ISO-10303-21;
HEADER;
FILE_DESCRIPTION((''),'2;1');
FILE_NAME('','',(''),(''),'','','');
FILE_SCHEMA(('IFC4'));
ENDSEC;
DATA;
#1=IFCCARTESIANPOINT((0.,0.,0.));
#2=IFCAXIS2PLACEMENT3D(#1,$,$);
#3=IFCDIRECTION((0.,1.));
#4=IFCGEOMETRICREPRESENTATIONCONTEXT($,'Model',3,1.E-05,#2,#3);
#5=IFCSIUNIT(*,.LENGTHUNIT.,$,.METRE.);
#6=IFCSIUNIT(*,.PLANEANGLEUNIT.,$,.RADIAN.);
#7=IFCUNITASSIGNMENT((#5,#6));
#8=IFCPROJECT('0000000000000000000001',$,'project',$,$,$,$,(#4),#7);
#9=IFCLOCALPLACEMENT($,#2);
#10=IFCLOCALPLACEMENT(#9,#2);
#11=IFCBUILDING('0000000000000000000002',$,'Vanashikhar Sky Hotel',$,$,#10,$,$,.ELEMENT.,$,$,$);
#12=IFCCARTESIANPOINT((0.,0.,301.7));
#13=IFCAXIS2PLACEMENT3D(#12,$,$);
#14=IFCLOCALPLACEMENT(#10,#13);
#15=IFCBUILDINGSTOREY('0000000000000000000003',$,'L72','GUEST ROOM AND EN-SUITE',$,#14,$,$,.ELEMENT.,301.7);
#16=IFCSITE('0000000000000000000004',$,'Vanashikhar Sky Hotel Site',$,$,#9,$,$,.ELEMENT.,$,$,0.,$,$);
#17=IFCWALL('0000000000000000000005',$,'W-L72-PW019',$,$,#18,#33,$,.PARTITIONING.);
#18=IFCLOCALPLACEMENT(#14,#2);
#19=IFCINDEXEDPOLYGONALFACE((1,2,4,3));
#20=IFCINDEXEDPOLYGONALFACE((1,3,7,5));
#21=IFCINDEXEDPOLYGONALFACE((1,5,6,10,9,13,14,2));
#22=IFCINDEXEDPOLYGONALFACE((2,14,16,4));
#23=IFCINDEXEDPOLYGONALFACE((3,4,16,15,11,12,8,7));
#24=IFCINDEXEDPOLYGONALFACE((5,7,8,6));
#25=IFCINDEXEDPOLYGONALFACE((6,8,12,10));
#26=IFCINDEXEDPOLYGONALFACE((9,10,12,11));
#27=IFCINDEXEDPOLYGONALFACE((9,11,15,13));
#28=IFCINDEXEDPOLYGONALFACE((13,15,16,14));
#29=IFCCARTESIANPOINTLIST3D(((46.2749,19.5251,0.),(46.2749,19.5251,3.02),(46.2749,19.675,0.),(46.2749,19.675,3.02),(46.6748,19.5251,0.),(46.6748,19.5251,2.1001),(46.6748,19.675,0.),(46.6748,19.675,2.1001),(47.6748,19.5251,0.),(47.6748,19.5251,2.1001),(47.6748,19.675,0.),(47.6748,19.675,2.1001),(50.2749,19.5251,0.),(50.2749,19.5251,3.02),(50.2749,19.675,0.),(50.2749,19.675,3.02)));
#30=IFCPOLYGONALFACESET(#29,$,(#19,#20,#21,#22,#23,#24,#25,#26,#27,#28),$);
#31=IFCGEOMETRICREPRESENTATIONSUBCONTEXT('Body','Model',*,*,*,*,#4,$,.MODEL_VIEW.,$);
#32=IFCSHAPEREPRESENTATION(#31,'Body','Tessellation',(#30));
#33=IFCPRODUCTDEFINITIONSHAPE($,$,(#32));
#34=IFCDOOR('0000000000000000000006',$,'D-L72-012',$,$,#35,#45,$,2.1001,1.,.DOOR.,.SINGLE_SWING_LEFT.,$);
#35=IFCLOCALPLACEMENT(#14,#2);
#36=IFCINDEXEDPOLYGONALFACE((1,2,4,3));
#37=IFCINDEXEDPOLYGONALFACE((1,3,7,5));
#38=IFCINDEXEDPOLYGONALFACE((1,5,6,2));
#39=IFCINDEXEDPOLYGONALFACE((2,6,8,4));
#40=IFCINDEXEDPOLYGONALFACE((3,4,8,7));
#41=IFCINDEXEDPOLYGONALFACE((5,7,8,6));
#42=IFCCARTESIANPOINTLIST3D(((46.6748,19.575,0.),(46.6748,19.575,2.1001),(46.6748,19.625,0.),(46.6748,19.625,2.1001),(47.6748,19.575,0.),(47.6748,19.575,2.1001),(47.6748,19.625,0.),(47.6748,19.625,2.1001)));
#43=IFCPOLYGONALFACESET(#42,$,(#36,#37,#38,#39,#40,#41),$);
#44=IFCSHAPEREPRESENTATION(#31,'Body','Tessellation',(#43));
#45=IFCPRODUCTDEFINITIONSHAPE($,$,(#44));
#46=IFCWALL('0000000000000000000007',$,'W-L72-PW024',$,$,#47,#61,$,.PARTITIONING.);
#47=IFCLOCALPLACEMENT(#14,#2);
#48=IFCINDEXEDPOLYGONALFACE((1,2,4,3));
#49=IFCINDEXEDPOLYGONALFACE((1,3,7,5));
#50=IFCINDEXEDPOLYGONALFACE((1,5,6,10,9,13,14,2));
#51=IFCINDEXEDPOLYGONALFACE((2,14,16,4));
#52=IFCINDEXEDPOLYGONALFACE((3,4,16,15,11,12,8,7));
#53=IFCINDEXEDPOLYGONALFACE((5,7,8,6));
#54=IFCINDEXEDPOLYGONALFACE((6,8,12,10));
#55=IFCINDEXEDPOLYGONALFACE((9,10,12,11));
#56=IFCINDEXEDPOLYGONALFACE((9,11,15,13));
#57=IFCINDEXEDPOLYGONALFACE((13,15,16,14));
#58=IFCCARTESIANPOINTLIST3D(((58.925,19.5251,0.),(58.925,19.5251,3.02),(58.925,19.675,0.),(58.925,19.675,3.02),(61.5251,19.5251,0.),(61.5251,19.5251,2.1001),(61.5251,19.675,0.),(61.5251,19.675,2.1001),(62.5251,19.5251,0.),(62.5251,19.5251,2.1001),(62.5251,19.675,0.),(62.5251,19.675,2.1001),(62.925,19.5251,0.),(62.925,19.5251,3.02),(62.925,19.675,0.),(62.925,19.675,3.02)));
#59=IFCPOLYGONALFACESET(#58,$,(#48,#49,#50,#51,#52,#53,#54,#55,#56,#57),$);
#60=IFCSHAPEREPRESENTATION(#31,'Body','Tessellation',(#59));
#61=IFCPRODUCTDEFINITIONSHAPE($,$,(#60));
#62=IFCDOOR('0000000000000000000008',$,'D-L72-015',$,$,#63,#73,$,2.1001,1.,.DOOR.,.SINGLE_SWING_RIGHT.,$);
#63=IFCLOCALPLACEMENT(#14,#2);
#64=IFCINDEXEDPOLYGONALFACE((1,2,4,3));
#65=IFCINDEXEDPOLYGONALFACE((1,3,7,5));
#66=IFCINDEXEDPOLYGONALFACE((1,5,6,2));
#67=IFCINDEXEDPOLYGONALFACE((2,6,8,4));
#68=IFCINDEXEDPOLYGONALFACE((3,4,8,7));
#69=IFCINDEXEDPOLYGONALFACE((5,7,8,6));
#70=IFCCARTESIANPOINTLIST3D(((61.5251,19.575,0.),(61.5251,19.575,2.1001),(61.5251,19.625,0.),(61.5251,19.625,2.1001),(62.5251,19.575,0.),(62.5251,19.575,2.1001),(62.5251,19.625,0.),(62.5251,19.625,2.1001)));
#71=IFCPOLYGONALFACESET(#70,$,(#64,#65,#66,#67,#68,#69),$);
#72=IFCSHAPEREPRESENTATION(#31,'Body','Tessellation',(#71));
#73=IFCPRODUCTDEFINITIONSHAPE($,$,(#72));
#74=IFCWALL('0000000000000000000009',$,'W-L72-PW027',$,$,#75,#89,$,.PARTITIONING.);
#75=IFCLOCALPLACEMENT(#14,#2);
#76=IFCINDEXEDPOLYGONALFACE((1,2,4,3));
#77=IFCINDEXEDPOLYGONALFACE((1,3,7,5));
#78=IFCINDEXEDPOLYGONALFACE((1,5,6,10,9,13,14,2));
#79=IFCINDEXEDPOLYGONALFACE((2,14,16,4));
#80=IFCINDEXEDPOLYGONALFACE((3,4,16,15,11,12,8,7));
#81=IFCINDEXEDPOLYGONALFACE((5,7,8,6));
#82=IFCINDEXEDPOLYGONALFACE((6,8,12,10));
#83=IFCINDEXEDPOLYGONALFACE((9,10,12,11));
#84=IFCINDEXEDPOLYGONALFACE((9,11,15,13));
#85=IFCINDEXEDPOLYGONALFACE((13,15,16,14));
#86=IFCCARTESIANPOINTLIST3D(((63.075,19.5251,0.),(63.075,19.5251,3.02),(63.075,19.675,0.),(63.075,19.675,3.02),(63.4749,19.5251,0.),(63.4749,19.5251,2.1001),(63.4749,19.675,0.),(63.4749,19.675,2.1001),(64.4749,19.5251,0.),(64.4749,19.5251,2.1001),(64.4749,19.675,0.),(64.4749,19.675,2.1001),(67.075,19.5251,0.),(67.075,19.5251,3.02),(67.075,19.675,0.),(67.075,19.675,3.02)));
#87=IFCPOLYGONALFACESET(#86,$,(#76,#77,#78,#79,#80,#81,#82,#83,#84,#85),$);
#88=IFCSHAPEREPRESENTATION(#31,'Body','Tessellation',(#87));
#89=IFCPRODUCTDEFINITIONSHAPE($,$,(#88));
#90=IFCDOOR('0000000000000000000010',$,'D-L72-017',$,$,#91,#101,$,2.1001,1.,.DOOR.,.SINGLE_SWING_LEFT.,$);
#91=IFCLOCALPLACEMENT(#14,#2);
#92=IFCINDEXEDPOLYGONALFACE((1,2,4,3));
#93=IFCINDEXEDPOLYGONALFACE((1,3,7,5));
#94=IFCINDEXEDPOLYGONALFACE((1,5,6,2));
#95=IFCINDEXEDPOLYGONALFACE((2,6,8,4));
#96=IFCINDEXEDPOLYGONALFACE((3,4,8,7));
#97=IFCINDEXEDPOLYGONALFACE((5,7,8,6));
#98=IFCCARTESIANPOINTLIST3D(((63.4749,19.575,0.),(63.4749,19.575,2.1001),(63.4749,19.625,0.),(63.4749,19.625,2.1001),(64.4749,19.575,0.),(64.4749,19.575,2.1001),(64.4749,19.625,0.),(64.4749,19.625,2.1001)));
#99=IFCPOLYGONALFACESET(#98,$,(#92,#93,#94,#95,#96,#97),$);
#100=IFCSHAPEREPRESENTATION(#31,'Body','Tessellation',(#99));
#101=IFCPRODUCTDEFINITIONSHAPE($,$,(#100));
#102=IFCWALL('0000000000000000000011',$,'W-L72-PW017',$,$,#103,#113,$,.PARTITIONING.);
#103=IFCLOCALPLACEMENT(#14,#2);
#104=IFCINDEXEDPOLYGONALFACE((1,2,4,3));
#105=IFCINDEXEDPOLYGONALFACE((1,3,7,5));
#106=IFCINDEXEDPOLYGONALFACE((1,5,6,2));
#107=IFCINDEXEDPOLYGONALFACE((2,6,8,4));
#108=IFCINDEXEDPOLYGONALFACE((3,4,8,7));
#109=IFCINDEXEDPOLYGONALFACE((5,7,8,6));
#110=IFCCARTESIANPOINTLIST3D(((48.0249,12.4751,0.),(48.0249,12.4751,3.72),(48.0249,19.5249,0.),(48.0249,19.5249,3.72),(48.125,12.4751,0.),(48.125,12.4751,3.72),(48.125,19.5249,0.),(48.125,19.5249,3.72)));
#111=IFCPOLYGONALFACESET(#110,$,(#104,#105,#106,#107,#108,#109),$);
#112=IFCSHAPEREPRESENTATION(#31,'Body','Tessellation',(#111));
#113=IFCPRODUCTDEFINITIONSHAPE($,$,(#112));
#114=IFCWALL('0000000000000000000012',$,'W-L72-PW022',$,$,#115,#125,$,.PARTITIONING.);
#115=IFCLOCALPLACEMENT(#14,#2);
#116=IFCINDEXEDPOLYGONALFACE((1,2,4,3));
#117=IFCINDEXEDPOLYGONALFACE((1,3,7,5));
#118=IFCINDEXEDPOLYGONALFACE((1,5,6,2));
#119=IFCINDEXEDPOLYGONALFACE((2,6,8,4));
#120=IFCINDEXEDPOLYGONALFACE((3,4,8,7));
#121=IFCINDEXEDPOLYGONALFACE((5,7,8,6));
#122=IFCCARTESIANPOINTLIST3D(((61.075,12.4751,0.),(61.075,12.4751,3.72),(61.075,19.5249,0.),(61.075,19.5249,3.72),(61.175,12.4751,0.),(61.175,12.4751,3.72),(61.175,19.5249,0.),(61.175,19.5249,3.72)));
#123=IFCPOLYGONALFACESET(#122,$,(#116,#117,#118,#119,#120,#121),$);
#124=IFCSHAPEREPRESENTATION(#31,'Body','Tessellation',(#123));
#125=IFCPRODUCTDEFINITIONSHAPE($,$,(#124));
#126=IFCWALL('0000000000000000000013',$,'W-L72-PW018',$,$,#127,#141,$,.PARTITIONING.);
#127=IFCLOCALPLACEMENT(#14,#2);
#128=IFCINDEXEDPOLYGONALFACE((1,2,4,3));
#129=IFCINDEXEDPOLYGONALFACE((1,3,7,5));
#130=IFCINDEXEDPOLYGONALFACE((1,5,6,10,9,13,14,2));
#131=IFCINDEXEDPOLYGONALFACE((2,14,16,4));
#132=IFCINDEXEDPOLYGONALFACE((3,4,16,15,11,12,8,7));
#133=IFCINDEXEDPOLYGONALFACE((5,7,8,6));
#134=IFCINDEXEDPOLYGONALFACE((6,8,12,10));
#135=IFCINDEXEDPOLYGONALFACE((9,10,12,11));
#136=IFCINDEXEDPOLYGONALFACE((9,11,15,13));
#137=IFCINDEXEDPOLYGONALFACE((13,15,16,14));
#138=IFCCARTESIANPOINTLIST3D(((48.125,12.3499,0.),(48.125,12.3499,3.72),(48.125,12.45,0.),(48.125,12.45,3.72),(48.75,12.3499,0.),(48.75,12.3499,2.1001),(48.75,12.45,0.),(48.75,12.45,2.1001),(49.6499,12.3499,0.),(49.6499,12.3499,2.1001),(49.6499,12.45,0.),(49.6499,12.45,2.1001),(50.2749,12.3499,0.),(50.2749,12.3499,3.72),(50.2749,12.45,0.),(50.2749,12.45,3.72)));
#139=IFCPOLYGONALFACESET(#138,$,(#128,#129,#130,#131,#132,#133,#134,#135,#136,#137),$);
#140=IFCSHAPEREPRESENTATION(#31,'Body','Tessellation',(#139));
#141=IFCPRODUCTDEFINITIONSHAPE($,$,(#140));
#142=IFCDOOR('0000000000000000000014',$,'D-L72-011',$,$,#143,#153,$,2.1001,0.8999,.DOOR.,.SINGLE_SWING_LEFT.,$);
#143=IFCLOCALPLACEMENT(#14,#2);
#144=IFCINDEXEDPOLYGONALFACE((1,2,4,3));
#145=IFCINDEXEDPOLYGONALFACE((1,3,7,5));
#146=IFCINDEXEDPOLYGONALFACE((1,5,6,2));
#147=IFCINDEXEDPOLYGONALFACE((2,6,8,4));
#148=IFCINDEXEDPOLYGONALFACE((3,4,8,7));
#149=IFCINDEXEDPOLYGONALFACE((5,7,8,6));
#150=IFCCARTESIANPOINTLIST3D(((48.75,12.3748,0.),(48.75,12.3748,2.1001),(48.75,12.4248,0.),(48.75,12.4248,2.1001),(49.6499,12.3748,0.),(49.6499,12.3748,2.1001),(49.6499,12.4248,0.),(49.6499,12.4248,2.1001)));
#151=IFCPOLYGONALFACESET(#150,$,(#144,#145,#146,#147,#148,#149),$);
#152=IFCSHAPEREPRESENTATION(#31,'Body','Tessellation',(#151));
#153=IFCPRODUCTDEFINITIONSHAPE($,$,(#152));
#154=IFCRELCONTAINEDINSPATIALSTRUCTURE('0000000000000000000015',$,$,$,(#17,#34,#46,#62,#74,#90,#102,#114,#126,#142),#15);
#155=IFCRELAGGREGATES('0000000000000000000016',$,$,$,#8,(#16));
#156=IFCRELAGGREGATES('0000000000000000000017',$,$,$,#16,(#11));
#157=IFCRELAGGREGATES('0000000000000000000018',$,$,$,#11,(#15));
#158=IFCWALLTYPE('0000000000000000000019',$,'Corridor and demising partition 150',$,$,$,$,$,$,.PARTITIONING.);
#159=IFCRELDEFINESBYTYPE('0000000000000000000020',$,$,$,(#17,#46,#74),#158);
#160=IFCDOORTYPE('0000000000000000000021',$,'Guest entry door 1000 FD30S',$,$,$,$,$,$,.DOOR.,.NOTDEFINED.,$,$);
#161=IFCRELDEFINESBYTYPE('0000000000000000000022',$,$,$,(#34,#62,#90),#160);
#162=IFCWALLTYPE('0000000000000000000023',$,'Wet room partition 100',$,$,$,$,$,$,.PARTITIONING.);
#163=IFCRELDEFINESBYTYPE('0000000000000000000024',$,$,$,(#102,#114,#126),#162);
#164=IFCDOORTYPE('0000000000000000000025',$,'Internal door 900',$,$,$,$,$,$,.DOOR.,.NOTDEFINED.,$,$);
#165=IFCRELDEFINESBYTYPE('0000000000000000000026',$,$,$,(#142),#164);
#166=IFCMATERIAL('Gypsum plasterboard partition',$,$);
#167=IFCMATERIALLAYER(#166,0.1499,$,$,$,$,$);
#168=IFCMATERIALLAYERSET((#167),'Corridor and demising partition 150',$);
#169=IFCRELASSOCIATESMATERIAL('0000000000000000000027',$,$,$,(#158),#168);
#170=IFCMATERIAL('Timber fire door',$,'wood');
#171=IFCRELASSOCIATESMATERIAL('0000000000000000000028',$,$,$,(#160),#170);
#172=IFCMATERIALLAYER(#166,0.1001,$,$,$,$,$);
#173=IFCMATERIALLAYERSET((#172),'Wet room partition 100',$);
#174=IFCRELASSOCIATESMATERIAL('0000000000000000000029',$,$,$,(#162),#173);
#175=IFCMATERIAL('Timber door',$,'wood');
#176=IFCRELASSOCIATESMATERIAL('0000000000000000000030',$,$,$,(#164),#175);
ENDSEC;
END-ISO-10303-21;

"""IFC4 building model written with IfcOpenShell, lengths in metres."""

from ifc_helpers import new_model, si_unit, direction, frame, frame_2d, origin, place, context, subcontext, project, spatial, rectangle, extrude, source, transform, mapped, material, layer, layer_set, type_object, element, fill, save


model = new_model("IFC4")

# Units and contexts
model_context = context("Model", 3, precision=1e-05, world=origin(), true_north=direction((0.0, 1.0)))
body_context = subcontext(model_context, "Body", "Model", "MODEL_VIEW")
ifc_project = project(units=[si_unit("LENGTHUNIT", "METRE"), si_unit("PLANEANGLEUNIT", "RADIAN")], contexts=[model_context])

# Site, building, storey
site_placement = place(None, origin())
site = spatial("IfcSite", under=ifc_project, at=site_placement, Name="Vanashikhar Sky Hotel Site", CompositionType="ELEMENT", RefElevation=0.0)
building_placement = place(site_placement, origin())
building = spatial("IfcBuilding", under=site, at=building_placement, Name="Vanashikhar Sky Hotel", CompositionType="ELEMENT")
storey_placement = place(building_placement, frame((0.0, 0.0, 301.7)))
storey = spatial("IfcBuildingStorey", under=building, at=storey_placement, Name="L72", Description="GUEST ROOM AND EN-SUITE", CompositionType="ELEMENT", Elevation=301.7)

# Walls, openings, doors
ifc_material_1 = material(Name="Gypsum plasterboard partition")
ifc_layer_1 = layer(ifc_material_1, 0.1499)
ifc_layer_set_1 = layer_set([ifc_layer_1], Name="Corridor and demising partition 150")
wall_type_1 = type_object("IfcWallType", Name="Corridor and demising partition 150", PredefinedType="PARTITIONING", material=ifc_layer_set_1)
ifc_material_2 = material(Name="Timber fire door", Category="wood")
shared_shape_1 = source(origin(), body_context, "Body", "SweptSolid", [
    extrude(rectangle(XDim=4.0, YDim=0.1499, at=frame_2d((2.0, 0.0))), origin(), (0.0, 0.0, 1.0), 3.02),
])
wall_1_placement = place(storey_placement, frame((46.2749, 19.6001, 0.0), z_axis=(0.0, 0.0, 1.0), x_axis=(1.0, 0.0, 0.0)))
wall_1 = element("IfcWall", 1, at=wall_1_placement, inside=storey, type_object=wall_type_1, Name="W-L72-PW019", PredefinedType="PARTITIONING", context=body_context, shape_type="MappedRepresentation", body=[
    mapped(shared_shape_1, transform((0.0, 0.0, 0.0), scale=1.0)),
])
shared_shape_2 = source(origin(), body_context, "Body", "SweptSolid", [
    extrude(rectangle(XDim=1.0, YDim=2.1001, at=frame_2d((0.5, 1.05))), frame((0.0, 0.085, 0.0), z_axis=(0.0, -1.0, 0.0), x_axis=(1.0, 0.0, 0.0)), (0.0, 0.0, 1.0), 0.1699),
])
opening_1_placement = place(wall_1_placement, frame((0.3999, 0.0, 0.0)))
opening_1 = element("IfcOpeningElement", 2, at=opening_1_placement, cuts=wall_1, PredefinedType="OPENING", context=body_context, shape_type="MappedRepresentation", body=[
    mapped(shared_shape_2, transform((0.0, 0.0, 0.0), scale=1.0)),
])
door_type_1 = type_object("IfcDoorType", Name="Guest entry door 1000 FD30S", OperationType="NOTDEFINED", PredefinedType="DOOR", material=ifc_material_2)
shared_shape_3 = source(origin(), body_context, "Body", "SweptSolid", [
    extrude(rectangle(XDim=1.0, YDim=2.1001, at=frame_2d((0.5, 1.05))), frame((0.0, 0.0249, 0.0), z_axis=(0.0, -1.0, 0.0), x_axis=(1.0, 0.0, 0.0)), (0.0, 0.0, 1.0), 0.05),
])
door_1_placement = place(opening_1_placement, origin())
door_1 = element("IfcDoor", 3, at=door_1_placement, inside=storey, type_object=door_type_1, Name="D-L72-012", OperationType="SINGLE_SWING_LEFT", OverallHeight=2.1001, OverallWidth=1.0, PredefinedType="DOOR", context=body_context, shape_type="MappedRepresentation", body=[
    mapped(shared_shape_3, transform((0.0, 0.0, 0.0), scale=1.0)),
])
fill(opening_1, door_1)
wall_2_placement = place(storey_placement, frame((58.925, 19.6001, 0.0), z_axis=(0.0, 0.0, 1.0), x_axis=(1.0, 0.0, 0.0)))
wall_2 = element("IfcWall", 4, at=wall_2_placement, inside=storey, type_object=wall_type_1, Name="W-L72-PW024", PredefinedType="PARTITIONING", context=body_context, shape_type="MappedRepresentation", body=[
    mapped(shared_shape_1, transform((0.0, 0.0, 0.0), scale=1.0)),
])
opening_2_placement = place(wall_2_placement, frame((2.6001, 0.0, 0.0)))
opening_2 = element("IfcOpeningElement", 5, at=opening_2_placement, cuts=wall_2, PredefinedType="OPENING", context=body_context, shape_type="MappedRepresentation", body=[
    mapped(shared_shape_2, transform((0.0, 0.0, 0.0), scale=1.0)),
])
door_2_placement = place(opening_2_placement, origin())
door_2 = element("IfcDoor", 6, at=door_2_placement, inside=storey, type_object=door_type_1, Name="D-L72-015", OperationType="SINGLE_SWING_RIGHT", OverallHeight=2.1001, OverallWidth=1.0, PredefinedType="DOOR", context=body_context, shape_type="MappedRepresentation", body=[
    mapped(shared_shape_3, transform((0.0, 0.0, 0.0), scale=1.0)),
])
fill(opening_2, door_2)
wall_3_placement = place(storey_placement, frame((63.075, 19.6001, 0.0), z_axis=(0.0, 0.0, 1.0), x_axis=(1.0, 0.0, 0.0)))
wall_3 = element("IfcWall", 7, at=wall_3_placement, inside=storey, type_object=wall_type_1, Name="W-L72-PW027", PredefinedType="PARTITIONING", context=body_context, shape_type="MappedRepresentation", body=[
    mapped(shared_shape_1, transform((0.0, 0.0, 0.0), scale=1.0)),
])
opening_3_placement = place(wall_3_placement, frame((0.3999, 0.0, 0.0)))
opening_3 = element("IfcOpeningElement", 8, at=opening_3_placement, cuts=wall_3, PredefinedType="OPENING", context=body_context, shape_type="MappedRepresentation", body=[
    mapped(shared_shape_2, transform((0.0, 0.0, 0.0), scale=1.0)),
])
door_3_placement = place(opening_3_placement, origin())
door_3 = element("IfcDoor", 9, at=door_3_placement, inside=storey, type_object=door_type_1, Name="D-L72-017", OperationType="SINGLE_SWING_LEFT", OverallHeight=2.1001, OverallWidth=1.0, PredefinedType="DOOR", context=body_context, shape_type="MappedRepresentation", body=[
    mapped(shared_shape_3, transform((0.0, 0.0, 0.0), scale=1.0)),
])
fill(opening_3, door_3)

# Walls
ifc_layer_2 = layer(ifc_material_1, 0.1001)
ifc_layer_set_2 = layer_set([ifc_layer_2], Name="Wet room partition 100")
wall_type_2 = type_object("IfcWallType", Name="Wet room partition 100", PredefinedType="PARTITIONING", material=ifc_layer_set_2)
shared_shape_4 = source(origin(), body_context, "Body", "SweptSolid", [
    extrude(rectangle(XDim=7.0498, YDim=0.1001, at=frame_2d((3.5249, 0.0))), origin(), (0.0, 0.0, 1.0), 3.72),
])
for number, where, z_axis, x_axis, name in (
    (10, (48.075, 12.4751, 0.0), (0.0, 0.0, 1.0), (0.0, 1.0, 0.0), "W-L72-PW017"),
    (11, (61.125, 12.4751, 0.0), (0.0, 0.0, 1.0), (0.0, 1.0, 0.0), "W-L72-PW022"),
):
    element("IfcWall", number, at=place(storey_placement, frame(where, z_axis=z_axis, x_axis=x_axis)), inside=storey, type_object=wall_type_2, Name=name, PredefinedType="PARTITIONING", context=body_context, shape_type="MappedRepresentation", body=[
        mapped(shared_shape_4, transform((0.0, 0.0, 0.0), scale=1.0)),
    ])

# Wall, opening, door
shared_shape_5 = source(origin(), body_context, "Body", "SweptSolid", [
    extrude(rectangle(XDim=2.1499, YDim=0.1001, at=frame_2d((1.075, 0.0))), origin(), (0.0, 0.0, 1.0), 3.72),
])
wall_4_placement = place(storey_placement, frame((48.125, 12.3999, 0.0), z_axis=(0.0, 0.0, 1.0), x_axis=(1.0, 0.0, 0.0)))
wall_4 = element("IfcWall", 12, at=wall_4_placement, inside=storey, type_object=wall_type_2, Name="W-L72-PW018", PredefinedType="PARTITIONING", context=body_context, shape_type="MappedRepresentation", body=[
    mapped(shared_shape_5, transform((0.0, 0.0, 0.0), scale=1.0)),
])
shared_shape_6 = source(origin(), body_context, "Body", "SweptSolid", [
    extrude(rectangle(XDim=0.8999, YDim=2.1001, at=frame_2d((0.45, 1.05))), frame((0.0, 0.0601, 0.0), z_axis=(0.0, -1.0, 0.0), x_axis=(1.0, 0.0, 0.0)), (0.0, 0.0, 1.0), 0.1201),
])
opening_4_placement = place(wall_4_placement, frame((0.625, 0.0, 0.0)))
opening_4 = element("IfcOpeningElement", 13, at=opening_4_placement, cuts=wall_4, PredefinedType="OPENING", context=body_context, shape_type="MappedRepresentation", body=[
    mapped(shared_shape_6, transform((0.0, 0.0, 0.0), scale=1.0)),
])
ifc_material_3 = material(Name="Timber door", Category="wood")
door_type_2 = type_object("IfcDoorType", Name="Internal door 900", OperationType="NOTDEFINED", PredefinedType="DOOR", material=ifc_material_3)
shared_shape_7 = source(origin(), body_context, "Body", "SweptSolid", [
    extrude(rectangle(XDim=0.8999, YDim=2.1001, at=frame_2d((0.45, 1.05))), frame((0.0, 0.0249, 0.0), z_axis=(0.0, -1.0, 0.0), x_axis=(1.0, 0.0, 0.0)), (0.0, 0.0, 1.0), 0.05),
])
door_4_placement = place(opening_4_placement, origin())
door_4 = element("IfcDoor", 14, at=door_4_placement, inside=storey, type_object=door_type_2, Name="D-L72-011", OperationType="SINGLE_SWING_LEFT", OverallHeight=2.1001, OverallWidth=0.8999, PredefinedType="DOOR", context=body_context, shape_type="MappedRepresentation", body=[
    mapped(shared_shape_7, transform((0.0, 0.0, 0.0), scale=1.0)),
])
fill(opening_4, door_4)

save(model, "model.ifc")
